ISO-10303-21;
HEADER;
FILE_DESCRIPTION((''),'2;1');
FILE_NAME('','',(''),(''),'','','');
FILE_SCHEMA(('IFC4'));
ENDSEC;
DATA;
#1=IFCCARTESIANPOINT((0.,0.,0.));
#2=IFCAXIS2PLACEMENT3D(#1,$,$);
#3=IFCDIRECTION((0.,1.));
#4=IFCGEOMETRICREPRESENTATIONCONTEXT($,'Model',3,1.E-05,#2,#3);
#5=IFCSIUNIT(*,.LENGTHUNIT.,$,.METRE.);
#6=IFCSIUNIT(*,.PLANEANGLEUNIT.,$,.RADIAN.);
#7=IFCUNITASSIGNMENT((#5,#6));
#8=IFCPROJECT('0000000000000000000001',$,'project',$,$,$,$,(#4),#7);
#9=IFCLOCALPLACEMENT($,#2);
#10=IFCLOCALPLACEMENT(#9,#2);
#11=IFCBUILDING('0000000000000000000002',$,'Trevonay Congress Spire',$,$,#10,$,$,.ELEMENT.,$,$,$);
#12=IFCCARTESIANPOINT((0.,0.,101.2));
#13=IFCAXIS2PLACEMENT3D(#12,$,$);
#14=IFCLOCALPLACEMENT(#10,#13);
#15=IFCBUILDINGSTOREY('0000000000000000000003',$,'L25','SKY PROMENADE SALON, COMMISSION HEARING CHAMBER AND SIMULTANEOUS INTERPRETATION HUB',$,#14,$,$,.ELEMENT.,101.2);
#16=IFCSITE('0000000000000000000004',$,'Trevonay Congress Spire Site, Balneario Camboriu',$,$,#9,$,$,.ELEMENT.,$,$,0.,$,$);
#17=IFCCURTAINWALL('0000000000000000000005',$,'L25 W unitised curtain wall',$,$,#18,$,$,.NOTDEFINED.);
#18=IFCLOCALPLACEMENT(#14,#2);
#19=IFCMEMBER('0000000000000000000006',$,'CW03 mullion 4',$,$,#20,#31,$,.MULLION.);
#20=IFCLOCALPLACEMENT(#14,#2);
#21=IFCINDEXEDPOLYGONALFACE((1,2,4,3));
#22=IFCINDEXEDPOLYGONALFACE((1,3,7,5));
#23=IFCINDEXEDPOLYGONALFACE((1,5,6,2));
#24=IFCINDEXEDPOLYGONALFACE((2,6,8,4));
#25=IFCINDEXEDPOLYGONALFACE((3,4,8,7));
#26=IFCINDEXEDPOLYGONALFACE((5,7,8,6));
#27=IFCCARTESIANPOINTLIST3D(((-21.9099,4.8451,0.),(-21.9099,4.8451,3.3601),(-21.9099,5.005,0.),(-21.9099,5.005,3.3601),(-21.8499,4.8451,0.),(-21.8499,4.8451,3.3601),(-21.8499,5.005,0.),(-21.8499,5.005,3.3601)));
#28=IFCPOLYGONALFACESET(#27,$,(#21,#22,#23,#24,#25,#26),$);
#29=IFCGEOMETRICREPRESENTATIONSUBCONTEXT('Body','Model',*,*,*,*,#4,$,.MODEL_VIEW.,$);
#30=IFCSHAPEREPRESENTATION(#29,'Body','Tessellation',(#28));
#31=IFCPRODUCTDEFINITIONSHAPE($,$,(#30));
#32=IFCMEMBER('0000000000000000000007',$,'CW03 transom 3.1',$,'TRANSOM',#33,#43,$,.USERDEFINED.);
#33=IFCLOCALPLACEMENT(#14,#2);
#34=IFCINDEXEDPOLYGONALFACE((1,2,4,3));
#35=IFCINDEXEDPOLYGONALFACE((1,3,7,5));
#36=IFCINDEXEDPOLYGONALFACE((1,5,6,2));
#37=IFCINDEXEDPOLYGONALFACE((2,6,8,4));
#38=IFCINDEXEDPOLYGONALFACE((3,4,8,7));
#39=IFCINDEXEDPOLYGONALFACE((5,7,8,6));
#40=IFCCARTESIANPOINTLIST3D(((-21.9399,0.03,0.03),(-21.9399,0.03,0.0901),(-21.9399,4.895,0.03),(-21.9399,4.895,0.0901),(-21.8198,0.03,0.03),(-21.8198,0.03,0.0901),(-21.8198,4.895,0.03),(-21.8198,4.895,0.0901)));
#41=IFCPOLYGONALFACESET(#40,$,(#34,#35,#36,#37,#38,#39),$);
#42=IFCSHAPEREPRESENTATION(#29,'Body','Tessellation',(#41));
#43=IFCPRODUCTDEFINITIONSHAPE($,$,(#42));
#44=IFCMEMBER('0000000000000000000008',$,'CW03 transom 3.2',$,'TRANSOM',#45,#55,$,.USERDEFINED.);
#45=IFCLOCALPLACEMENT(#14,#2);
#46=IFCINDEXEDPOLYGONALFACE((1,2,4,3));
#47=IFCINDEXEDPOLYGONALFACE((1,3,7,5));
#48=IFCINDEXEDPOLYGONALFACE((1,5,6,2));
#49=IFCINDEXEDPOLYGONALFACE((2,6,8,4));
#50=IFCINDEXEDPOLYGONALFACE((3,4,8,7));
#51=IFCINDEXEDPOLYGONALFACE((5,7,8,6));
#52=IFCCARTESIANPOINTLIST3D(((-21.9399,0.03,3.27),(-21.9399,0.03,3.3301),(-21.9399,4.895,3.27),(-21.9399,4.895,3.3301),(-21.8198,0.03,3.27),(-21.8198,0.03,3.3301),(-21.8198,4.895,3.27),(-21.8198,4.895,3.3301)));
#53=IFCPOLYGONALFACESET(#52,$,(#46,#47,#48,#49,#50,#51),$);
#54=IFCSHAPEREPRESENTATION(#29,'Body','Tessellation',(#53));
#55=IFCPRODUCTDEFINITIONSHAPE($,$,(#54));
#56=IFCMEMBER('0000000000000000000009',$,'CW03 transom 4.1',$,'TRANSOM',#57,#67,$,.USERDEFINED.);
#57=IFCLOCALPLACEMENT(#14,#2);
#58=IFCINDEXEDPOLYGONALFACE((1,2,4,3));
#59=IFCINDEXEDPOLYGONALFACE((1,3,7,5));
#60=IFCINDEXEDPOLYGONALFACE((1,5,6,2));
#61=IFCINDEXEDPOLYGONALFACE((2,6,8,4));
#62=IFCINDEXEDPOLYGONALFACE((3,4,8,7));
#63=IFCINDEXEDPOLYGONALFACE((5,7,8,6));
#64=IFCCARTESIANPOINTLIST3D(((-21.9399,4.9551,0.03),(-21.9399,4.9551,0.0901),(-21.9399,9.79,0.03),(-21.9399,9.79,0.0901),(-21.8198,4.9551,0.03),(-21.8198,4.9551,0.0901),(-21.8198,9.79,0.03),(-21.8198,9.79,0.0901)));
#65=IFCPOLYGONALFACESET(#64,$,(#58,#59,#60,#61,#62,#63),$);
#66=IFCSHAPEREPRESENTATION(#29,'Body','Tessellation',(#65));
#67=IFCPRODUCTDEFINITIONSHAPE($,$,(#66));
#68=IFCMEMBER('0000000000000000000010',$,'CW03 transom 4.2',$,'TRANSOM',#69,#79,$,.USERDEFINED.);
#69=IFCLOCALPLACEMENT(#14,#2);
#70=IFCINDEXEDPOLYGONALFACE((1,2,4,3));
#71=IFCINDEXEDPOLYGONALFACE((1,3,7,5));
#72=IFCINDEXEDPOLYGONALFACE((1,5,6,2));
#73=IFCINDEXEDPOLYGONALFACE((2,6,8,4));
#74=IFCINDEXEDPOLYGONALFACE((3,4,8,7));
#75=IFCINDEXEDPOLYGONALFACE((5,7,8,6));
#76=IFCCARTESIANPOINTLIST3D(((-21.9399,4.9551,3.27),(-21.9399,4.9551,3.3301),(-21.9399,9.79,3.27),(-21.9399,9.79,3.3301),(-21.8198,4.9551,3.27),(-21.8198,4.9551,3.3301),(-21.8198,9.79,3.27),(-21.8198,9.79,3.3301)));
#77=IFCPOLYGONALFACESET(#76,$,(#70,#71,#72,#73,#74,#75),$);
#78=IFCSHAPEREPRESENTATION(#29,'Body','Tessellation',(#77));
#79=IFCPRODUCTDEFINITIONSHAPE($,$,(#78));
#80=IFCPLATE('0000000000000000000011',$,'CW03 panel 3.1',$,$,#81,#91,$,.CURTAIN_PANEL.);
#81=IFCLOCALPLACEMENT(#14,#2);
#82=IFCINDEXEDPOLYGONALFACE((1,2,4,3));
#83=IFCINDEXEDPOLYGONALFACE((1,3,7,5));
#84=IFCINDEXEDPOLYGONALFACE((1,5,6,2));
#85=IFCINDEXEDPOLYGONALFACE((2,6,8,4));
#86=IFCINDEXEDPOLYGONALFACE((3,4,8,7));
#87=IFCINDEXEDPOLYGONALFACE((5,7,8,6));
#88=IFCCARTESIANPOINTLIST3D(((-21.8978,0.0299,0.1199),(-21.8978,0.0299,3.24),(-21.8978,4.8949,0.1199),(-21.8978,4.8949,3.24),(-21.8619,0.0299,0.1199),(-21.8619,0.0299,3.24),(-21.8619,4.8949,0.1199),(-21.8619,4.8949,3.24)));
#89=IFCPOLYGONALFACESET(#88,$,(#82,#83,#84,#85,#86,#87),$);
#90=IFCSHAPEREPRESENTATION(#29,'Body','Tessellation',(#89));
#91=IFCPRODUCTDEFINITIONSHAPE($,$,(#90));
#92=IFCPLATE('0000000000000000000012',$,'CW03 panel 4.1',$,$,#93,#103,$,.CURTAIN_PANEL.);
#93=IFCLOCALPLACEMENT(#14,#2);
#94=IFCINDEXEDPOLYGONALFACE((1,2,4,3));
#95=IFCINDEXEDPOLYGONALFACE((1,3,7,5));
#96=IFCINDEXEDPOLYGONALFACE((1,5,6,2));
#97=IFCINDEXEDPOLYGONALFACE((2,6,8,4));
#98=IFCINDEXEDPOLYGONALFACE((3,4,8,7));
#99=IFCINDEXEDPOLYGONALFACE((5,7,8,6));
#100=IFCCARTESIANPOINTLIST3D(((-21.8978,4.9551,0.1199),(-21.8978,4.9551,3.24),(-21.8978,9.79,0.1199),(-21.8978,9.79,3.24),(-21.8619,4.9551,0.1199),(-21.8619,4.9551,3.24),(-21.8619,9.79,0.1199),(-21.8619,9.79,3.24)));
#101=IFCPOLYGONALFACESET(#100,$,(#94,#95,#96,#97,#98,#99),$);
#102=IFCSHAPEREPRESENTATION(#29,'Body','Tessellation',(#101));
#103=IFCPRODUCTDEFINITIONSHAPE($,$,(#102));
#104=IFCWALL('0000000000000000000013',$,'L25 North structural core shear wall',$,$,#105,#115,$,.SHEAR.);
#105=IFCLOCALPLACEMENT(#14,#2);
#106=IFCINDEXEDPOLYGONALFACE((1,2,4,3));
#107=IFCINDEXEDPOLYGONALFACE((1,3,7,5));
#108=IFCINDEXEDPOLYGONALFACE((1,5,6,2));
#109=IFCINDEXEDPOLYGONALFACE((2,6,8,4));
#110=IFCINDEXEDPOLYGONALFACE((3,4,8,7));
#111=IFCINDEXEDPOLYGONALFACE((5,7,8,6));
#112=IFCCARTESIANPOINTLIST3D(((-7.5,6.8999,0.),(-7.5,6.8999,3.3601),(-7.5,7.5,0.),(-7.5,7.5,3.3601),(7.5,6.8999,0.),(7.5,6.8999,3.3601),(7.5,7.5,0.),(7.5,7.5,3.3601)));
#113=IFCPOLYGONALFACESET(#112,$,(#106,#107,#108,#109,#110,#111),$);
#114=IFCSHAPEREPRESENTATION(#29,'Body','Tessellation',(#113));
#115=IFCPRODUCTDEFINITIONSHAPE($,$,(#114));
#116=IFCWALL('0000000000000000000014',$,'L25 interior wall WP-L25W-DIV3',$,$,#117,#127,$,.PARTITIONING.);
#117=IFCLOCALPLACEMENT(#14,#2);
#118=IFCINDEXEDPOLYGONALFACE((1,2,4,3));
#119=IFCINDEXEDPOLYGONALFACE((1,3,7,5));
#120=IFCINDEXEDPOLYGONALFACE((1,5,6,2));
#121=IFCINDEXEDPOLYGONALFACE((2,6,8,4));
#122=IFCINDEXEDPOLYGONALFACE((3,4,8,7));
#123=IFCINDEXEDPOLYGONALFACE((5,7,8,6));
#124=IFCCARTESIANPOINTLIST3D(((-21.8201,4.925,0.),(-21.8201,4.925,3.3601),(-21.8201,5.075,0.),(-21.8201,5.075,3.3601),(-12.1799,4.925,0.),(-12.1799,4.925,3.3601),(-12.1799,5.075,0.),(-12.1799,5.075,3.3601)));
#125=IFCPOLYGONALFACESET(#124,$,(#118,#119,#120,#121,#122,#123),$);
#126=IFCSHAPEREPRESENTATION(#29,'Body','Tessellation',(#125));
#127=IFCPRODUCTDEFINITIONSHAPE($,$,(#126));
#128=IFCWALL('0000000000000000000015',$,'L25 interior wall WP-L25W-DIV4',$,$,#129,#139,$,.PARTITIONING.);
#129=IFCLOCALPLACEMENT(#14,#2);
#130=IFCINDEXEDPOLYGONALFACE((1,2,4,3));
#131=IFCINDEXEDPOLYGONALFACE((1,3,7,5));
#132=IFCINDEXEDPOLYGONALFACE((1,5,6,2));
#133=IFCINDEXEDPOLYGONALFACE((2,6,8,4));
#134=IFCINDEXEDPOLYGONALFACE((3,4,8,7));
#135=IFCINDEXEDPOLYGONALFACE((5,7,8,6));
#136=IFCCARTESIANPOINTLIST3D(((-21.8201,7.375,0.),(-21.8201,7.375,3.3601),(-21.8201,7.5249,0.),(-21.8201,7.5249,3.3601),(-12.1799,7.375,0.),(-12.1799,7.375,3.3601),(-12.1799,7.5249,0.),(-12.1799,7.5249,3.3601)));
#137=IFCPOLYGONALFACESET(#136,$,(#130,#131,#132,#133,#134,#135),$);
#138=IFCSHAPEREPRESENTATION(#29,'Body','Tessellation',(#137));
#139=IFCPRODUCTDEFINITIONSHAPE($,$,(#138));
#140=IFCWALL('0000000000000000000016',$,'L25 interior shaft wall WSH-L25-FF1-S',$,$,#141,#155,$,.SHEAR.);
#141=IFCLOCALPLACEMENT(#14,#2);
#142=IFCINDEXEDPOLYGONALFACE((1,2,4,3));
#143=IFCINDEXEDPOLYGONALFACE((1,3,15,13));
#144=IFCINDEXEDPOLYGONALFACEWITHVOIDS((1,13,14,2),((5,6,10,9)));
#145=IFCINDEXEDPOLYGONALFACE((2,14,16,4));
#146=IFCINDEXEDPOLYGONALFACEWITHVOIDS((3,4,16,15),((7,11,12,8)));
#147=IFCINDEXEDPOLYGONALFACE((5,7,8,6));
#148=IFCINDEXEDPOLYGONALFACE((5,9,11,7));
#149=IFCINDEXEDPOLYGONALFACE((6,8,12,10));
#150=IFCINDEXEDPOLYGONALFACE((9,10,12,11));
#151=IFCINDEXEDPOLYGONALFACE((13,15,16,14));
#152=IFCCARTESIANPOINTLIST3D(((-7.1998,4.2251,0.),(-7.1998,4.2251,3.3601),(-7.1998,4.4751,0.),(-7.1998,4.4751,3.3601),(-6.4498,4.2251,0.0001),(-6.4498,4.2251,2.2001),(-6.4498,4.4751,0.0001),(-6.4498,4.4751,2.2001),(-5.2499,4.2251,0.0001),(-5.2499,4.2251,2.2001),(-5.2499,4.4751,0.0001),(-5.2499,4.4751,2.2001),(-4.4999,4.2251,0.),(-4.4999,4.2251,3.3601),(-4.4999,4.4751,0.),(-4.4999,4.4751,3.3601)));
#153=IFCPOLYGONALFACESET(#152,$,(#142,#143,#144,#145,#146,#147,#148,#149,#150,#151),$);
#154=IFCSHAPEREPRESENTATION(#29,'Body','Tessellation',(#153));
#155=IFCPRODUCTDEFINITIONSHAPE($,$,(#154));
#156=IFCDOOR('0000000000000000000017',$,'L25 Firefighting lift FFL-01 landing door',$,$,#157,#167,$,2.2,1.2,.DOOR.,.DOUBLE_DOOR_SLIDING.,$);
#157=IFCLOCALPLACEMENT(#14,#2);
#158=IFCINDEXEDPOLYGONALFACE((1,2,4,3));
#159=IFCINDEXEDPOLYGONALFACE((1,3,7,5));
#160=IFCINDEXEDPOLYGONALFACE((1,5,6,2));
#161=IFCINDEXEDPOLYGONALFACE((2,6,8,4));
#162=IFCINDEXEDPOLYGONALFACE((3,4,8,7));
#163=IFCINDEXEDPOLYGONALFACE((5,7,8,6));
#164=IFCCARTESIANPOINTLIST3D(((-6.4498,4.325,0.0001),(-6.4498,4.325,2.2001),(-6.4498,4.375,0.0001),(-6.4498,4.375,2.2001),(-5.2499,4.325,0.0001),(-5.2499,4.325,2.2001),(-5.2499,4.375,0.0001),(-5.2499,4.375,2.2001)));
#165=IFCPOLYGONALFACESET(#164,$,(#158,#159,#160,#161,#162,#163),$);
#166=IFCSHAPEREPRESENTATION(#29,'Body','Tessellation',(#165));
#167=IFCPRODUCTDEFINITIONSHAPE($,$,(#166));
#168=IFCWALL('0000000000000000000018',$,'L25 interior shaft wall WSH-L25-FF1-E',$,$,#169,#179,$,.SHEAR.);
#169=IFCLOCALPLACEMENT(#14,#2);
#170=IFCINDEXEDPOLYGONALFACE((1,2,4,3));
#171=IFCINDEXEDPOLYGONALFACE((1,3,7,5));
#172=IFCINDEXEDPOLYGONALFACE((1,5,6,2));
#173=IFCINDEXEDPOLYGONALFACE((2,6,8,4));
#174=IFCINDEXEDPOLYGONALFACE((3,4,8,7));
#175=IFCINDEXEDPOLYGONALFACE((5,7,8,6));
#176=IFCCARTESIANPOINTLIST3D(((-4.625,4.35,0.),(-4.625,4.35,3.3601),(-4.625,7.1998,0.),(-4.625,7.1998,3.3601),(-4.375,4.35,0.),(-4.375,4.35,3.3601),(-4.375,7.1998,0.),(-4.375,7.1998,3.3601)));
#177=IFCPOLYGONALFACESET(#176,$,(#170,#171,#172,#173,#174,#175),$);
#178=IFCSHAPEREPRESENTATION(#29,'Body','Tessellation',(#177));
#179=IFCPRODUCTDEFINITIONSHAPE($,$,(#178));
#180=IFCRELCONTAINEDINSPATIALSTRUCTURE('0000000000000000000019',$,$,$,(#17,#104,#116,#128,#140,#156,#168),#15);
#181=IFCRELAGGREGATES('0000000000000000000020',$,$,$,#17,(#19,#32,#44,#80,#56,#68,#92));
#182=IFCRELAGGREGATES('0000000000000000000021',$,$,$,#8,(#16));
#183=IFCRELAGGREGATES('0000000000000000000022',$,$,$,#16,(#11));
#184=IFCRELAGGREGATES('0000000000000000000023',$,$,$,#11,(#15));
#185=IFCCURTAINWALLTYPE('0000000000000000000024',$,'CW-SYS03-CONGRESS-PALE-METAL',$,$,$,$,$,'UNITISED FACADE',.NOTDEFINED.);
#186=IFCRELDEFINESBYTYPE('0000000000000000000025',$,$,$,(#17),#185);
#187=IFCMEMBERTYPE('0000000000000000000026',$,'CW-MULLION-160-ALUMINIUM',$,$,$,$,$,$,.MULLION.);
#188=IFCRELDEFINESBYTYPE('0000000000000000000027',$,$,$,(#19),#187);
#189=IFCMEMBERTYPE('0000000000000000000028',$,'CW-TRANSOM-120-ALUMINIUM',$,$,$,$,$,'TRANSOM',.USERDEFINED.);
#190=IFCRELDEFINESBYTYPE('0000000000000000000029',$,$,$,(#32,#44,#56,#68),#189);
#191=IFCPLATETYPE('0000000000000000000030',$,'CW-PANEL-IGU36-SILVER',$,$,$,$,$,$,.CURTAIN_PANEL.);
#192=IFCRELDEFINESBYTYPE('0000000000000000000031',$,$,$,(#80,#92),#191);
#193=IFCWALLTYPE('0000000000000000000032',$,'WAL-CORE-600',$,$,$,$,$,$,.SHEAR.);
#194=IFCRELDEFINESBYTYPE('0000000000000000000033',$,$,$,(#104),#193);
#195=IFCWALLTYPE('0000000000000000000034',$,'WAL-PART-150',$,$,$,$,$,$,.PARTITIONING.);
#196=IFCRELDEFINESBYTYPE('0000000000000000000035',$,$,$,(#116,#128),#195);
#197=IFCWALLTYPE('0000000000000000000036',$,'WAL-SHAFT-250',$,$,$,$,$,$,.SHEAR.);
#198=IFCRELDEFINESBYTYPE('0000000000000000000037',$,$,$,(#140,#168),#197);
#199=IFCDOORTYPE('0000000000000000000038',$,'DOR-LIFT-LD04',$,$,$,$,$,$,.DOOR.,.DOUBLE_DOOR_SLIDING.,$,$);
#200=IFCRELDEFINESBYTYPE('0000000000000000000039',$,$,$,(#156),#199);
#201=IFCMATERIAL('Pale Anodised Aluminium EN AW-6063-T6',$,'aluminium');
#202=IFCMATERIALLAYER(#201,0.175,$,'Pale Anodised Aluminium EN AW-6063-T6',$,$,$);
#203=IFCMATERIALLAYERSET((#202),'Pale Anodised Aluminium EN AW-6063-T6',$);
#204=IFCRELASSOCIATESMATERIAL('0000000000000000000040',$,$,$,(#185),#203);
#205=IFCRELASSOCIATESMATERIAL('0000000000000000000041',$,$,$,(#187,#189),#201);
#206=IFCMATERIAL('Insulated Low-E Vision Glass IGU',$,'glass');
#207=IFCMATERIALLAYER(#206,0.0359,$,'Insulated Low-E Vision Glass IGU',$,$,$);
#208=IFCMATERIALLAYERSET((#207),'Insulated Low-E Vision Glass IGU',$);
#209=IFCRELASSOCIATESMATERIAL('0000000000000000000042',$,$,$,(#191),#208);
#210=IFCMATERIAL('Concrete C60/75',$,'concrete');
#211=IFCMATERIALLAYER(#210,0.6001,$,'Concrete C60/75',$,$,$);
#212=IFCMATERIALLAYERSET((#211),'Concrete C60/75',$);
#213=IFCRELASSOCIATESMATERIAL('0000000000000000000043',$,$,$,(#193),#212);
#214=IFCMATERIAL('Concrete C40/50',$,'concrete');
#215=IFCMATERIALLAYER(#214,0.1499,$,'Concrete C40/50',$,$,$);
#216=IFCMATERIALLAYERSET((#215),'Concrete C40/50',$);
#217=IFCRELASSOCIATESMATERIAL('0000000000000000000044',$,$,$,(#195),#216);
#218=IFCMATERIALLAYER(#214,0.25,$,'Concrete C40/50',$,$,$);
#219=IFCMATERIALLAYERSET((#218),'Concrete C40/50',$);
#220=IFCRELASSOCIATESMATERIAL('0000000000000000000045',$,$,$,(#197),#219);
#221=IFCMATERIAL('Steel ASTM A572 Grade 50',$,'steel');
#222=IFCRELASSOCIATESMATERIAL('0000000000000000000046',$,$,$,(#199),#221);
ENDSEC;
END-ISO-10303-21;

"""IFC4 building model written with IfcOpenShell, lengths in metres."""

from ifc_helpers import new_model, si_unit, direction, frame, frame_2d, origin, origin_2d, place, context, subcontext, project, spatial, rectangle, extrude, material, layer, layer_set, material_profile, profile_set, type_object, element, fill, aggregate, save


model = new_model("IFC4")

# Units and contexts
model_context = context("Model", 3, precision=1e-05, world=origin(), true_north=direction((0.0, 1.0)))
body_context = subcontext(model_context, "Body", "Model", "MODEL_VIEW")
ifc_project = project(units=[si_unit("LENGTHUNIT", "METRE"), si_unit("PLANEANGLEUNIT", "RADIAN")], contexts=[model_context])

# Site, building, storey
site_placement = place(None, origin())
site = spatial("IfcSite", under=ifc_project, at=site_placement, Name="Trevonay Congress Spire Site, Balneario Camboriu", CompositionType="ELEMENT", RefElevation=0.0)
building_placement = place(site_placement, origin())
building = spatial("IfcBuilding", under=site, at=building_placement, Name="Trevonay Congress Spire", CompositionType="ELEMENT")
storey_placement = place(building_placement, frame((0.0, 0.0, 101.2)))
storey = spatial("IfcBuildingStorey", under=building, at=storey_placement, Name="L25", Description="SKY PROMENADE SALON, COMMISSION HEARING CHAMBER AND SIMULTANEOUS INTERPRETATION HUB", CompositionType="ELEMENT", Elevation=101.2)

# Shared definitions
ifc_material_1 = material(Name="Steel ASTM A572 Grade 50", Category="steel")

# Curtain wall, members, plates
ifc_material_2 = material(Name="Pale Anodised Aluminium EN AW-6063-T6", Category="aluminium")
ifc_layer_1 = layer(ifc_material_2, 0.175, Name="Pale Anodised Aluminium EN AW-6063-T6")
ifc_layer_set_1 = layer_set([ifc_layer_1], Name="Pale Anodised Aluminium EN AW-6063-T6")
curtain_wall_type = type_object("IfcCurtainWallType", Name="CW-SYS03-CONGRESS-PALE-METAL", ElementType="UNITISED FACADE", PredefinedType="NOTDEFINED", material=ifc_layer_set_1)
curtain_wall_placement = place(storey_placement, origin())
curtain_wall = element("IfcCurtainWall", 1, at=curtain_wall_placement, inside=storey, type_object=curtain_wall_type, Name="L25 W unitised curtain wall", PredefinedType="NOTDEFINED")
ifc_material_profile_1 = material_profile(ifc_material_2, rectangle(XDim=0.0601, YDim=0.1599, at=origin_2d()), Name="CW-MULLION-160-ALUMINIUM")
ifc_profile_set_1 = profile_set([ifc_material_profile_1], Name="Pale Anodised Aluminium EN AW-6063-T6")
member_type_1 = type_object("IfcMemberType", Name="CW-MULLION-160-ALUMINIUM", PredefinedType="MULLION", material=ifc_profile_set_1)
member_1_placement = place(storey_placement, frame((-21.8799, 4.925, 0.0), z_axis=(0.0, 0.0, 1.0), x_axis=(-1.0, 0.0, 0.0)))
member_1 = element("IfcMember", 2, at=member_1_placement, type_object=member_type_1, Name="CW03 mullion 4", PredefinedType="MULLION", context=body_context, shape_type="SweptSolid", body=[
    extrude(rectangle(XDim=0.0601, YDim=0.1599, at=origin_2d()), origin(), (0.0, 0.0, 1.0), 3.3601),
])
ifc_material_profile_2 = material_profile(ifc_material_2, rectangle(XDim=0.1201, YDim=0.0601, at=origin_2d()), Name="CW-TRANSOM-120-ALUMINIUM")
ifc_profile_set_2 = profile_set([ifc_material_profile_2], Name="Pale Anodised Aluminium EN AW-6063-T6")
member_type_2 = type_object("IfcMemberType", Name="CW-TRANSOM-120-ALUMINIUM", ElementType="TRANSOM", PredefinedType="USERDEFINED", material=ifc_profile_set_2)
member_2_placement = place(storey_placement, frame((-21.8799, 0.03, 0.0601), z_axis=(0.0, 1.0, 0.0), x_axis=(-1.0, 0.0, 0.0)))
member_2 = element("IfcMember", 3, at=member_2_placement, type_object=member_type_2, Name="CW03 transom 3.1", ObjectType="TRANSOM", PredefinedType="USERDEFINED", context=body_context, shape_type="SweptSolid", body=[
    extrude(rectangle(XDim=0.1201, YDim=0.0601, at=origin_2d()), origin(), (0.0, 0.0, 1.0), 4.865),
])
member_3_placement = place(storey_placement, frame((-21.8799, 0.03, 3.3), z_axis=(0.0, 1.0, 0.0), x_axis=(-1.0, 0.0, 0.0)))
member_3 = element("IfcMember", 4, at=member_3_placement, type_object=member_type_2, Name="CW03 transom 3.2", ObjectType="TRANSOM", PredefinedType="USERDEFINED", context=body_context, shape_type="SweptSolid", body=[
    extrude(rectangle(XDim=0.1201, YDim=0.0601, at=origin_2d()), origin(), (0.0, 0.0, 1.0), 4.865),
])
member_4_placement = place(storey_placement, frame((-21.8799, 4.9551, 0.0601), z_axis=(0.0, 1.0, 0.0), x_axis=(-1.0, 0.0, 0.0)))
member_4 = element("IfcMember", 5, at=member_4_placement, type_object=member_type_2, Name="CW03 transom 4.1", ObjectType="TRANSOM", PredefinedType="USERDEFINED", context=body_context, shape_type="SweptSolid", body=[
    extrude(rectangle(XDim=0.1201, YDim=0.0601, at=origin_2d()), origin(), (0.0, 0.0, 1.0), 4.835),
])
member_5_placement = place(storey_placement, frame((-21.8799, 4.9551, 3.3), z_axis=(0.0, 1.0, 0.0), x_axis=(-1.0, 0.0, 0.0)))
member_5 = element("IfcMember", 6, at=member_5_placement, type_object=member_type_2, Name="CW03 transom 4.2", ObjectType="TRANSOM", PredefinedType="USERDEFINED", context=body_context, shape_type="SweptSolid", body=[
    extrude(rectangle(XDim=0.1201, YDim=0.0601, at=origin_2d()), origin(), (0.0, 0.0, 1.0), 4.835),
])
ifc_material_3 = material(Name="Insulated Low-E Vision Glass IGU", Category="glass")
ifc_layer_2 = layer(ifc_material_3, 0.0359, Name="Insulated Low-E Vision Glass IGU")
ifc_layer_set_2 = layer_set([ifc_layer_2], Name="Insulated Low-E Vision Glass IGU")
plate_type = type_object("IfcPlateType", Name="CW-PANEL-IGU36-SILVER", PredefinedType="CURTAIN_PANEL", material=ifc_layer_set_2)
plate_1_placement = place(storey_placement, frame((-21.8799, 2.4624, 0.1199), z_axis=(0.0, 0.0, 1.0), x_axis=(0.0, 1.0, 0.0)))
plate_1 = element("IfcPlate", 7, at=plate_1_placement, type_object=plate_type, Name="CW03 panel 3.1", PredefinedType="CURTAIN_PANEL", context=body_context, shape_type="SweptSolid", body=[
    extrude(rectangle(XDim=4.865, YDim=0.0359, at=origin_2d()), origin(), (0.0, 0.0, 1.0), 3.1201),
])
plate_2_placement = place(storey_placement, frame((-21.8799, 7.3726, 0.1199), z_axis=(0.0, 0.0, 1.0), x_axis=(0.0, 1.0, 0.0)))
plate_2 = element("IfcPlate", 8, at=plate_2_placement, type_object=plate_type, Name="CW03 panel 4.1", PredefinedType="CURTAIN_PANEL", context=body_context, shape_type="SweptSolid", body=[
    extrude(rectangle(XDim=4.835, YDim=0.0359, at=origin_2d()), origin(), (0.0, 0.0, 1.0), 3.1201),
])
aggregate(curtain_wall, [member_1, member_2, member_3, plate_1, member_4, member_5, plate_2])

# Walls
ifc_material_4 = material(Name="Concrete C60/75", Category="concrete")
ifc_layer_3 = layer(ifc_material_4, 0.6001, Name="Concrete C60/75")
ifc_layer_set_3 = layer_set([ifc_layer_3], Name="Concrete C60/75")
wall_type_1 = type_object("IfcWallType", Name="WAL-CORE-600", PredefinedType="SHEAR", material=ifc_layer_set_3)
wall_1_placement = place(storey_placement, frame((-7.5, 7.2, 0.0), z_axis=(0.0, 0.0, 1.0), x_axis=(1.0, 0.0, 0.0)))
element("IfcWall", 9, at=wall_1_placement, inside=storey, type_object=wall_type_1, Name="L25 North structural core shear wall", PredefinedType="SHEAR", context=body_context, shape_type="SweptSolid", body=[
    extrude(rectangle(XDim=15.0, YDim=0.6001, at=frame_2d((7.5, 0.0))), origin(), (0.0, 0.0, 1.0), 3.3601),
])
ifc_material_5 = material(Name="Concrete C40/50", Category="concrete")
ifc_layer_4 = layer(ifc_material_5, 0.1499, Name="Concrete C40/50")
ifc_layer_set_4 = layer_set([ifc_layer_4], Name="Concrete C40/50")
wall_type_2 = type_object("IfcWallType", Name="WAL-PART-150", PredefinedType="PARTITIONING", material=ifc_layer_set_4)
for number, where, z_axis, x_axis, name in (
    (10, (-21.8201, 5.0, 0.0), (0.0, 0.0, 1.0), (1.0, 0.0, 0.0), "L25 interior wall WP-L25W-DIV3"),
    (11, (-21.8201, 7.45, 0.0), (0.0, 0.0, 1.0), (1.0, 0.0, 0.0), "L25 interior wall WP-L25W-DIV4"),
):
    element("IfcWall", number, at=place(storey_placement, frame(where, z_axis=z_axis, x_axis=x_axis)), inside=storey, type_object=wall_type_2, Name=name, PredefinedType="PARTITIONING", context=body_context, shape_type="SweptSolid", body=[
        extrude(rectangle(XDim=9.6401, YDim=0.1499, at=frame_2d((4.8201, 0.0))), origin(), (0.0, 0.0, 1.0), 3.3601),
    ])

# Wall, opening, door
ifc_layer_5 = layer(ifc_material_5, 0.25, Name="Concrete C40/50")
ifc_layer_set_5 = layer_set([ifc_layer_5], Name="Concrete C40/50")
wall_type_3 = type_object("IfcWallType", Name="WAL-SHAFT-250", PredefinedType="SHEAR", material=ifc_layer_set_5)
wall_2_placement = place(storey_placement, frame((-7.2, 4.3501, 0.0), z_axis=(0.0, 0.0, 1.0), x_axis=(1.0, 0.0, 0.0)))
wall_2 = element("IfcWall", 12, at=wall_2_placement, inside=storey, type_object=wall_type_3, Name="L25 interior shaft wall WSH-L25-FF1-S", PredefinedType="SHEAR", context=body_context, shape_type="SweptSolid", body=[
    extrude(rectangle(XDim=2.7, YDim=0.25, at=frame_2d((1.3501, 0.0))), origin(), (0.0, 0.0, 1.0), 3.3601),
])
opening_1_placement = place(wall_2_placement, frame((0.75, 0.0, 0.0)))
opening_1 = element("IfcOpeningElement", 13, at=opening_1_placement, cuts=wall_2, PredefinedType="OPENING", context=body_context, shape_type="SweptSolid", body=[
    extrude(rectangle(XDim=1.2, YDim=2.2, at=frame_2d((0.6001, 1.1001))), frame((0.0, 0.135, 0.0), z_axis=(0.0, -1.0, 0.0), x_axis=(1.0, 0.0, 0.0)), (0.0, 0.0, 1.0), 0.27),
])
door_type_1 = type_object("IfcDoorType", Name="DOR-LIFT-LD04", OperationType="DOUBLE_DOOR_SLIDING", PredefinedType="DOOR", material=ifc_material_1)
door_1_placement = place(opening_1_placement, origin())
door_1 = element("IfcDoor", 14, at=door_1_placement, inside=storey, type_object=door_type_1, Name="L25 Firefighting lift FFL-01 landing door", OperationType="DOUBLE_DOOR_SLIDING", OverallHeight=2.2, OverallWidth=1.2, PredefinedType="DOOR", context=body_context, shape_type="SweptSolid", body=[
    extrude(rectangle(XDim=1.2, YDim=2.2, at=frame_2d((0.6001, 1.1001))), frame((0.0, 0.0249, 0.0), z_axis=(0.0, -1.0, 0.0), x_axis=(1.0, 0.0, 0.0)), (0.0, 0.0, 1.0), 0.05),
])
fill(opening_1, door_1)

# Wall
wall_3_placement = place(storey_placement, frame((-4.5, 4.3501, 0.0), z_axis=(0.0, 0.0, 1.0), x_axis=(0.0, 1.0, 0.0)))
element("IfcWall", 15, at=wall_3_placement, inside=storey, type_object=wall_type_3, Name="L25 interior shaft wall WSH-L25-FF1-E", PredefinedType="SHEAR", context=body_context, shape_type="SweptSolid", body=[
    extrude(rectangle(XDim=2.8499, YDim=0.25, at=frame_2d((1.4248, 0.0))), origin(), (0.0, 0.0, 1.0), 3.3601),
])

save(model, "model.ifc")
